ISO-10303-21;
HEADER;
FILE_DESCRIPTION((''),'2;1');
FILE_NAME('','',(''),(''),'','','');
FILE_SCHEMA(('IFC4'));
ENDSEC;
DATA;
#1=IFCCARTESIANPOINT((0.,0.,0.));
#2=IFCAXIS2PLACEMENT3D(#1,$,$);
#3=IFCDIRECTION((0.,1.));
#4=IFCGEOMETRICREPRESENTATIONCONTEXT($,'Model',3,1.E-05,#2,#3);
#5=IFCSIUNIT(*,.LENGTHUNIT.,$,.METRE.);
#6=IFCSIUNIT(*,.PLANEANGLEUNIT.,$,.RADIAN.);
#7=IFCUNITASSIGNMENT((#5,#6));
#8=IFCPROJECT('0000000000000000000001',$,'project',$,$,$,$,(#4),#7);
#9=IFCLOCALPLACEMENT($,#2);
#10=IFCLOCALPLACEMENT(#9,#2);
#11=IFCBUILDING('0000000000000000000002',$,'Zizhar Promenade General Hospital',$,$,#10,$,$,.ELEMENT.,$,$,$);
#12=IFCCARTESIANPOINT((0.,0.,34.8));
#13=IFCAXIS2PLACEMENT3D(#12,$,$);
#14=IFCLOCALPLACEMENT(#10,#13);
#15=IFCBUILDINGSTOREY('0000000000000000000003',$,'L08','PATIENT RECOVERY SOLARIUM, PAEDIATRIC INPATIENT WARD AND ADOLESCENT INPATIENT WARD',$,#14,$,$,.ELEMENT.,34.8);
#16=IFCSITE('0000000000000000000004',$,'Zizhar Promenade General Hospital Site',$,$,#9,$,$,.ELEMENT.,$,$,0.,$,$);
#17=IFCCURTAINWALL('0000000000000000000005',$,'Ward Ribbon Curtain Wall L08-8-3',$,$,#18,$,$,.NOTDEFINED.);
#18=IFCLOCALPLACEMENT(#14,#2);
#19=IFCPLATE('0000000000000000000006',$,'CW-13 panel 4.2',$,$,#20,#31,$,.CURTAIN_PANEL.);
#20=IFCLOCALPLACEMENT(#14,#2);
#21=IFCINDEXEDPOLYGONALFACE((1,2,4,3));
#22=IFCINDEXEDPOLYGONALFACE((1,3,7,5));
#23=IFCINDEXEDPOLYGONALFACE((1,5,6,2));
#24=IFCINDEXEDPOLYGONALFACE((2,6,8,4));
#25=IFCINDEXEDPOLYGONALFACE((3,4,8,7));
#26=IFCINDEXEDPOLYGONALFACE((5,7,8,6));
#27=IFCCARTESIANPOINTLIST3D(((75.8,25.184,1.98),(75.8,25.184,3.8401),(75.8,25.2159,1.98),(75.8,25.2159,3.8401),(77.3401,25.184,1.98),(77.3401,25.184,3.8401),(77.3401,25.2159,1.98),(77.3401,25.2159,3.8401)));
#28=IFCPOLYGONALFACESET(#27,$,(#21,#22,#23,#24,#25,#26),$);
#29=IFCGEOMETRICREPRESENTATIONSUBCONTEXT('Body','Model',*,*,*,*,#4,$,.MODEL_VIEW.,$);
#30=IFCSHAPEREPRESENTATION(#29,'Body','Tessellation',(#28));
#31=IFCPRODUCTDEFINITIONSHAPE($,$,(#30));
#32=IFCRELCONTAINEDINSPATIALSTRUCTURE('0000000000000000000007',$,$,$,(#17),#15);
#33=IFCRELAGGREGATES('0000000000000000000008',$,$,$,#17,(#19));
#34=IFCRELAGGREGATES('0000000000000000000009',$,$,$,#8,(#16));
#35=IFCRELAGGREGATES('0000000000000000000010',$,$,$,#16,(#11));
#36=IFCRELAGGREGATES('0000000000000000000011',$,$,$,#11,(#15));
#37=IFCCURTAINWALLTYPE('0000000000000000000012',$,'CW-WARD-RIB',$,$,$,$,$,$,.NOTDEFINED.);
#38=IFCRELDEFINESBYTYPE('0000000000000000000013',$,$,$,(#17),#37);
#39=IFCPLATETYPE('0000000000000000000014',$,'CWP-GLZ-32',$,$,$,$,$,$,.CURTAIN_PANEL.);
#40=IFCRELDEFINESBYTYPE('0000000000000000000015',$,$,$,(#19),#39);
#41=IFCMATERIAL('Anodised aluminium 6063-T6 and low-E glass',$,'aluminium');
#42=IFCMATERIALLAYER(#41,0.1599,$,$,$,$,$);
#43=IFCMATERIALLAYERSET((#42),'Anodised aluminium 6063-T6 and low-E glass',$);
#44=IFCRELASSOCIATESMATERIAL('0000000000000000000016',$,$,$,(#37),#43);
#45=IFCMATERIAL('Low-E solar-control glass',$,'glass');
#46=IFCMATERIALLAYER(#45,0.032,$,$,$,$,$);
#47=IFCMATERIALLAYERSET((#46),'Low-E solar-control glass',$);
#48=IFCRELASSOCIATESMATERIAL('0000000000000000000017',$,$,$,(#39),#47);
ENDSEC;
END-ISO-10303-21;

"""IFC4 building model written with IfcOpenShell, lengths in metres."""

from ifc_helpers import new_model, si_unit, direction, frame, origin, origin_2d, place, context, subcontext, project, spatial, rectangle, extrude, material, layer, layer_set, type_object, element, aggregate, save


model = new_model("IFC4")

# Units and contexts
model_context = context("Model", 3, precision=1e-05, world=origin(), true_north=direction((0.0, 1.0)))
body_context = subcontext(model_context, "Body", "Model", "MODEL_VIEW")
ifc_project = project(units=[si_unit("LENGTHUNIT", "METRE"), si_unit("PLANEANGLEUNIT", "RADIAN")], contexts=[model_context])

# Site, building, storey
site_placement = place(None, origin())
site = spatial("IfcSite", under=ifc_project, at=site_placement, Name="Zizhar Promenade General Hospital Site", CompositionType="ELEMENT", RefElevation=0.0)
building_placement = place(site_placement, origin())
building = spatial("IfcBuilding", under=site, at=building_placement, Name="Zizhar Promenade General Hospital", CompositionType="ELEMENT")
storey_placement = place(building_placement, frame((0.0, 0.0, 34.8)))
storey = spatial("IfcBuildingStorey", under=building, at=storey_placement, Name="L08", Description="PATIENT RECOVERY SOLARIUM, PAEDIATRIC INPATIENT WARD AND ADOLESCENT INPATIENT WARD", CompositionType="ELEMENT", Elevation=34.8)

# Curtain wall, plate
ifc_material_1 = material(Name="Anodised aluminium 6063-T6 and low-E glass", Category="aluminium")
ifc_layer_1 = layer(ifc_material_1, 0.1599)
ifc_layer_set_1 = layer_set([ifc_layer_1], Name="Anodised aluminium 6063-T6 and low-E glass")
curtain_wall_type = type_object("IfcCurtainWallType", Name="CW-WARD-RIB", PredefinedType="NOTDEFINED", material=ifc_layer_set_1)
curtain_wall_placement = place(storey_placement, origin())
curtain_wall = element("IfcCurtainWall", 1, at=curtain_wall_placement, inside=storey, type_object=curtain_wall_type, Name="Ward Ribbon Curtain Wall L08-8-3", PredefinedType="NOTDEFINED")
ifc_material_2 = material(Name="Low-E solar-control glass", Category="glass")
ifc_layer_2 = layer(ifc_material_2, 0.032)
ifc_layer_set_2 = layer_set([ifc_layer_2], Name="Low-E solar-control glass")
plate_type = type_object("IfcPlateType", Name="CWP-GLZ-32", PredefinedType="CURTAIN_PANEL", material=ifc_layer_set_2)
plate_1_placement = place(storey_placement, frame((76.5701, 25.2, 1.98), z_axis=(0.0, 0.0, 1.0), x_axis=(1.0, 0.0, 0.0)))
plate_1 = element("IfcPlate", 2, at=plate_1_placement, type_object=plate_type, Name="CW-13 panel 4.2", PredefinedType="CURTAIN_PANEL", context=body_context, shape_type="SweptSolid", body=[
    extrude(rectangle(XDim=1.54, YDim=0.032, at=origin_2d()), origin(), (0.0, 0.0, 1.0), 1.8601),
])
aggregate(curtain_wall, [plate_1])

save(model, "model.ifc")
